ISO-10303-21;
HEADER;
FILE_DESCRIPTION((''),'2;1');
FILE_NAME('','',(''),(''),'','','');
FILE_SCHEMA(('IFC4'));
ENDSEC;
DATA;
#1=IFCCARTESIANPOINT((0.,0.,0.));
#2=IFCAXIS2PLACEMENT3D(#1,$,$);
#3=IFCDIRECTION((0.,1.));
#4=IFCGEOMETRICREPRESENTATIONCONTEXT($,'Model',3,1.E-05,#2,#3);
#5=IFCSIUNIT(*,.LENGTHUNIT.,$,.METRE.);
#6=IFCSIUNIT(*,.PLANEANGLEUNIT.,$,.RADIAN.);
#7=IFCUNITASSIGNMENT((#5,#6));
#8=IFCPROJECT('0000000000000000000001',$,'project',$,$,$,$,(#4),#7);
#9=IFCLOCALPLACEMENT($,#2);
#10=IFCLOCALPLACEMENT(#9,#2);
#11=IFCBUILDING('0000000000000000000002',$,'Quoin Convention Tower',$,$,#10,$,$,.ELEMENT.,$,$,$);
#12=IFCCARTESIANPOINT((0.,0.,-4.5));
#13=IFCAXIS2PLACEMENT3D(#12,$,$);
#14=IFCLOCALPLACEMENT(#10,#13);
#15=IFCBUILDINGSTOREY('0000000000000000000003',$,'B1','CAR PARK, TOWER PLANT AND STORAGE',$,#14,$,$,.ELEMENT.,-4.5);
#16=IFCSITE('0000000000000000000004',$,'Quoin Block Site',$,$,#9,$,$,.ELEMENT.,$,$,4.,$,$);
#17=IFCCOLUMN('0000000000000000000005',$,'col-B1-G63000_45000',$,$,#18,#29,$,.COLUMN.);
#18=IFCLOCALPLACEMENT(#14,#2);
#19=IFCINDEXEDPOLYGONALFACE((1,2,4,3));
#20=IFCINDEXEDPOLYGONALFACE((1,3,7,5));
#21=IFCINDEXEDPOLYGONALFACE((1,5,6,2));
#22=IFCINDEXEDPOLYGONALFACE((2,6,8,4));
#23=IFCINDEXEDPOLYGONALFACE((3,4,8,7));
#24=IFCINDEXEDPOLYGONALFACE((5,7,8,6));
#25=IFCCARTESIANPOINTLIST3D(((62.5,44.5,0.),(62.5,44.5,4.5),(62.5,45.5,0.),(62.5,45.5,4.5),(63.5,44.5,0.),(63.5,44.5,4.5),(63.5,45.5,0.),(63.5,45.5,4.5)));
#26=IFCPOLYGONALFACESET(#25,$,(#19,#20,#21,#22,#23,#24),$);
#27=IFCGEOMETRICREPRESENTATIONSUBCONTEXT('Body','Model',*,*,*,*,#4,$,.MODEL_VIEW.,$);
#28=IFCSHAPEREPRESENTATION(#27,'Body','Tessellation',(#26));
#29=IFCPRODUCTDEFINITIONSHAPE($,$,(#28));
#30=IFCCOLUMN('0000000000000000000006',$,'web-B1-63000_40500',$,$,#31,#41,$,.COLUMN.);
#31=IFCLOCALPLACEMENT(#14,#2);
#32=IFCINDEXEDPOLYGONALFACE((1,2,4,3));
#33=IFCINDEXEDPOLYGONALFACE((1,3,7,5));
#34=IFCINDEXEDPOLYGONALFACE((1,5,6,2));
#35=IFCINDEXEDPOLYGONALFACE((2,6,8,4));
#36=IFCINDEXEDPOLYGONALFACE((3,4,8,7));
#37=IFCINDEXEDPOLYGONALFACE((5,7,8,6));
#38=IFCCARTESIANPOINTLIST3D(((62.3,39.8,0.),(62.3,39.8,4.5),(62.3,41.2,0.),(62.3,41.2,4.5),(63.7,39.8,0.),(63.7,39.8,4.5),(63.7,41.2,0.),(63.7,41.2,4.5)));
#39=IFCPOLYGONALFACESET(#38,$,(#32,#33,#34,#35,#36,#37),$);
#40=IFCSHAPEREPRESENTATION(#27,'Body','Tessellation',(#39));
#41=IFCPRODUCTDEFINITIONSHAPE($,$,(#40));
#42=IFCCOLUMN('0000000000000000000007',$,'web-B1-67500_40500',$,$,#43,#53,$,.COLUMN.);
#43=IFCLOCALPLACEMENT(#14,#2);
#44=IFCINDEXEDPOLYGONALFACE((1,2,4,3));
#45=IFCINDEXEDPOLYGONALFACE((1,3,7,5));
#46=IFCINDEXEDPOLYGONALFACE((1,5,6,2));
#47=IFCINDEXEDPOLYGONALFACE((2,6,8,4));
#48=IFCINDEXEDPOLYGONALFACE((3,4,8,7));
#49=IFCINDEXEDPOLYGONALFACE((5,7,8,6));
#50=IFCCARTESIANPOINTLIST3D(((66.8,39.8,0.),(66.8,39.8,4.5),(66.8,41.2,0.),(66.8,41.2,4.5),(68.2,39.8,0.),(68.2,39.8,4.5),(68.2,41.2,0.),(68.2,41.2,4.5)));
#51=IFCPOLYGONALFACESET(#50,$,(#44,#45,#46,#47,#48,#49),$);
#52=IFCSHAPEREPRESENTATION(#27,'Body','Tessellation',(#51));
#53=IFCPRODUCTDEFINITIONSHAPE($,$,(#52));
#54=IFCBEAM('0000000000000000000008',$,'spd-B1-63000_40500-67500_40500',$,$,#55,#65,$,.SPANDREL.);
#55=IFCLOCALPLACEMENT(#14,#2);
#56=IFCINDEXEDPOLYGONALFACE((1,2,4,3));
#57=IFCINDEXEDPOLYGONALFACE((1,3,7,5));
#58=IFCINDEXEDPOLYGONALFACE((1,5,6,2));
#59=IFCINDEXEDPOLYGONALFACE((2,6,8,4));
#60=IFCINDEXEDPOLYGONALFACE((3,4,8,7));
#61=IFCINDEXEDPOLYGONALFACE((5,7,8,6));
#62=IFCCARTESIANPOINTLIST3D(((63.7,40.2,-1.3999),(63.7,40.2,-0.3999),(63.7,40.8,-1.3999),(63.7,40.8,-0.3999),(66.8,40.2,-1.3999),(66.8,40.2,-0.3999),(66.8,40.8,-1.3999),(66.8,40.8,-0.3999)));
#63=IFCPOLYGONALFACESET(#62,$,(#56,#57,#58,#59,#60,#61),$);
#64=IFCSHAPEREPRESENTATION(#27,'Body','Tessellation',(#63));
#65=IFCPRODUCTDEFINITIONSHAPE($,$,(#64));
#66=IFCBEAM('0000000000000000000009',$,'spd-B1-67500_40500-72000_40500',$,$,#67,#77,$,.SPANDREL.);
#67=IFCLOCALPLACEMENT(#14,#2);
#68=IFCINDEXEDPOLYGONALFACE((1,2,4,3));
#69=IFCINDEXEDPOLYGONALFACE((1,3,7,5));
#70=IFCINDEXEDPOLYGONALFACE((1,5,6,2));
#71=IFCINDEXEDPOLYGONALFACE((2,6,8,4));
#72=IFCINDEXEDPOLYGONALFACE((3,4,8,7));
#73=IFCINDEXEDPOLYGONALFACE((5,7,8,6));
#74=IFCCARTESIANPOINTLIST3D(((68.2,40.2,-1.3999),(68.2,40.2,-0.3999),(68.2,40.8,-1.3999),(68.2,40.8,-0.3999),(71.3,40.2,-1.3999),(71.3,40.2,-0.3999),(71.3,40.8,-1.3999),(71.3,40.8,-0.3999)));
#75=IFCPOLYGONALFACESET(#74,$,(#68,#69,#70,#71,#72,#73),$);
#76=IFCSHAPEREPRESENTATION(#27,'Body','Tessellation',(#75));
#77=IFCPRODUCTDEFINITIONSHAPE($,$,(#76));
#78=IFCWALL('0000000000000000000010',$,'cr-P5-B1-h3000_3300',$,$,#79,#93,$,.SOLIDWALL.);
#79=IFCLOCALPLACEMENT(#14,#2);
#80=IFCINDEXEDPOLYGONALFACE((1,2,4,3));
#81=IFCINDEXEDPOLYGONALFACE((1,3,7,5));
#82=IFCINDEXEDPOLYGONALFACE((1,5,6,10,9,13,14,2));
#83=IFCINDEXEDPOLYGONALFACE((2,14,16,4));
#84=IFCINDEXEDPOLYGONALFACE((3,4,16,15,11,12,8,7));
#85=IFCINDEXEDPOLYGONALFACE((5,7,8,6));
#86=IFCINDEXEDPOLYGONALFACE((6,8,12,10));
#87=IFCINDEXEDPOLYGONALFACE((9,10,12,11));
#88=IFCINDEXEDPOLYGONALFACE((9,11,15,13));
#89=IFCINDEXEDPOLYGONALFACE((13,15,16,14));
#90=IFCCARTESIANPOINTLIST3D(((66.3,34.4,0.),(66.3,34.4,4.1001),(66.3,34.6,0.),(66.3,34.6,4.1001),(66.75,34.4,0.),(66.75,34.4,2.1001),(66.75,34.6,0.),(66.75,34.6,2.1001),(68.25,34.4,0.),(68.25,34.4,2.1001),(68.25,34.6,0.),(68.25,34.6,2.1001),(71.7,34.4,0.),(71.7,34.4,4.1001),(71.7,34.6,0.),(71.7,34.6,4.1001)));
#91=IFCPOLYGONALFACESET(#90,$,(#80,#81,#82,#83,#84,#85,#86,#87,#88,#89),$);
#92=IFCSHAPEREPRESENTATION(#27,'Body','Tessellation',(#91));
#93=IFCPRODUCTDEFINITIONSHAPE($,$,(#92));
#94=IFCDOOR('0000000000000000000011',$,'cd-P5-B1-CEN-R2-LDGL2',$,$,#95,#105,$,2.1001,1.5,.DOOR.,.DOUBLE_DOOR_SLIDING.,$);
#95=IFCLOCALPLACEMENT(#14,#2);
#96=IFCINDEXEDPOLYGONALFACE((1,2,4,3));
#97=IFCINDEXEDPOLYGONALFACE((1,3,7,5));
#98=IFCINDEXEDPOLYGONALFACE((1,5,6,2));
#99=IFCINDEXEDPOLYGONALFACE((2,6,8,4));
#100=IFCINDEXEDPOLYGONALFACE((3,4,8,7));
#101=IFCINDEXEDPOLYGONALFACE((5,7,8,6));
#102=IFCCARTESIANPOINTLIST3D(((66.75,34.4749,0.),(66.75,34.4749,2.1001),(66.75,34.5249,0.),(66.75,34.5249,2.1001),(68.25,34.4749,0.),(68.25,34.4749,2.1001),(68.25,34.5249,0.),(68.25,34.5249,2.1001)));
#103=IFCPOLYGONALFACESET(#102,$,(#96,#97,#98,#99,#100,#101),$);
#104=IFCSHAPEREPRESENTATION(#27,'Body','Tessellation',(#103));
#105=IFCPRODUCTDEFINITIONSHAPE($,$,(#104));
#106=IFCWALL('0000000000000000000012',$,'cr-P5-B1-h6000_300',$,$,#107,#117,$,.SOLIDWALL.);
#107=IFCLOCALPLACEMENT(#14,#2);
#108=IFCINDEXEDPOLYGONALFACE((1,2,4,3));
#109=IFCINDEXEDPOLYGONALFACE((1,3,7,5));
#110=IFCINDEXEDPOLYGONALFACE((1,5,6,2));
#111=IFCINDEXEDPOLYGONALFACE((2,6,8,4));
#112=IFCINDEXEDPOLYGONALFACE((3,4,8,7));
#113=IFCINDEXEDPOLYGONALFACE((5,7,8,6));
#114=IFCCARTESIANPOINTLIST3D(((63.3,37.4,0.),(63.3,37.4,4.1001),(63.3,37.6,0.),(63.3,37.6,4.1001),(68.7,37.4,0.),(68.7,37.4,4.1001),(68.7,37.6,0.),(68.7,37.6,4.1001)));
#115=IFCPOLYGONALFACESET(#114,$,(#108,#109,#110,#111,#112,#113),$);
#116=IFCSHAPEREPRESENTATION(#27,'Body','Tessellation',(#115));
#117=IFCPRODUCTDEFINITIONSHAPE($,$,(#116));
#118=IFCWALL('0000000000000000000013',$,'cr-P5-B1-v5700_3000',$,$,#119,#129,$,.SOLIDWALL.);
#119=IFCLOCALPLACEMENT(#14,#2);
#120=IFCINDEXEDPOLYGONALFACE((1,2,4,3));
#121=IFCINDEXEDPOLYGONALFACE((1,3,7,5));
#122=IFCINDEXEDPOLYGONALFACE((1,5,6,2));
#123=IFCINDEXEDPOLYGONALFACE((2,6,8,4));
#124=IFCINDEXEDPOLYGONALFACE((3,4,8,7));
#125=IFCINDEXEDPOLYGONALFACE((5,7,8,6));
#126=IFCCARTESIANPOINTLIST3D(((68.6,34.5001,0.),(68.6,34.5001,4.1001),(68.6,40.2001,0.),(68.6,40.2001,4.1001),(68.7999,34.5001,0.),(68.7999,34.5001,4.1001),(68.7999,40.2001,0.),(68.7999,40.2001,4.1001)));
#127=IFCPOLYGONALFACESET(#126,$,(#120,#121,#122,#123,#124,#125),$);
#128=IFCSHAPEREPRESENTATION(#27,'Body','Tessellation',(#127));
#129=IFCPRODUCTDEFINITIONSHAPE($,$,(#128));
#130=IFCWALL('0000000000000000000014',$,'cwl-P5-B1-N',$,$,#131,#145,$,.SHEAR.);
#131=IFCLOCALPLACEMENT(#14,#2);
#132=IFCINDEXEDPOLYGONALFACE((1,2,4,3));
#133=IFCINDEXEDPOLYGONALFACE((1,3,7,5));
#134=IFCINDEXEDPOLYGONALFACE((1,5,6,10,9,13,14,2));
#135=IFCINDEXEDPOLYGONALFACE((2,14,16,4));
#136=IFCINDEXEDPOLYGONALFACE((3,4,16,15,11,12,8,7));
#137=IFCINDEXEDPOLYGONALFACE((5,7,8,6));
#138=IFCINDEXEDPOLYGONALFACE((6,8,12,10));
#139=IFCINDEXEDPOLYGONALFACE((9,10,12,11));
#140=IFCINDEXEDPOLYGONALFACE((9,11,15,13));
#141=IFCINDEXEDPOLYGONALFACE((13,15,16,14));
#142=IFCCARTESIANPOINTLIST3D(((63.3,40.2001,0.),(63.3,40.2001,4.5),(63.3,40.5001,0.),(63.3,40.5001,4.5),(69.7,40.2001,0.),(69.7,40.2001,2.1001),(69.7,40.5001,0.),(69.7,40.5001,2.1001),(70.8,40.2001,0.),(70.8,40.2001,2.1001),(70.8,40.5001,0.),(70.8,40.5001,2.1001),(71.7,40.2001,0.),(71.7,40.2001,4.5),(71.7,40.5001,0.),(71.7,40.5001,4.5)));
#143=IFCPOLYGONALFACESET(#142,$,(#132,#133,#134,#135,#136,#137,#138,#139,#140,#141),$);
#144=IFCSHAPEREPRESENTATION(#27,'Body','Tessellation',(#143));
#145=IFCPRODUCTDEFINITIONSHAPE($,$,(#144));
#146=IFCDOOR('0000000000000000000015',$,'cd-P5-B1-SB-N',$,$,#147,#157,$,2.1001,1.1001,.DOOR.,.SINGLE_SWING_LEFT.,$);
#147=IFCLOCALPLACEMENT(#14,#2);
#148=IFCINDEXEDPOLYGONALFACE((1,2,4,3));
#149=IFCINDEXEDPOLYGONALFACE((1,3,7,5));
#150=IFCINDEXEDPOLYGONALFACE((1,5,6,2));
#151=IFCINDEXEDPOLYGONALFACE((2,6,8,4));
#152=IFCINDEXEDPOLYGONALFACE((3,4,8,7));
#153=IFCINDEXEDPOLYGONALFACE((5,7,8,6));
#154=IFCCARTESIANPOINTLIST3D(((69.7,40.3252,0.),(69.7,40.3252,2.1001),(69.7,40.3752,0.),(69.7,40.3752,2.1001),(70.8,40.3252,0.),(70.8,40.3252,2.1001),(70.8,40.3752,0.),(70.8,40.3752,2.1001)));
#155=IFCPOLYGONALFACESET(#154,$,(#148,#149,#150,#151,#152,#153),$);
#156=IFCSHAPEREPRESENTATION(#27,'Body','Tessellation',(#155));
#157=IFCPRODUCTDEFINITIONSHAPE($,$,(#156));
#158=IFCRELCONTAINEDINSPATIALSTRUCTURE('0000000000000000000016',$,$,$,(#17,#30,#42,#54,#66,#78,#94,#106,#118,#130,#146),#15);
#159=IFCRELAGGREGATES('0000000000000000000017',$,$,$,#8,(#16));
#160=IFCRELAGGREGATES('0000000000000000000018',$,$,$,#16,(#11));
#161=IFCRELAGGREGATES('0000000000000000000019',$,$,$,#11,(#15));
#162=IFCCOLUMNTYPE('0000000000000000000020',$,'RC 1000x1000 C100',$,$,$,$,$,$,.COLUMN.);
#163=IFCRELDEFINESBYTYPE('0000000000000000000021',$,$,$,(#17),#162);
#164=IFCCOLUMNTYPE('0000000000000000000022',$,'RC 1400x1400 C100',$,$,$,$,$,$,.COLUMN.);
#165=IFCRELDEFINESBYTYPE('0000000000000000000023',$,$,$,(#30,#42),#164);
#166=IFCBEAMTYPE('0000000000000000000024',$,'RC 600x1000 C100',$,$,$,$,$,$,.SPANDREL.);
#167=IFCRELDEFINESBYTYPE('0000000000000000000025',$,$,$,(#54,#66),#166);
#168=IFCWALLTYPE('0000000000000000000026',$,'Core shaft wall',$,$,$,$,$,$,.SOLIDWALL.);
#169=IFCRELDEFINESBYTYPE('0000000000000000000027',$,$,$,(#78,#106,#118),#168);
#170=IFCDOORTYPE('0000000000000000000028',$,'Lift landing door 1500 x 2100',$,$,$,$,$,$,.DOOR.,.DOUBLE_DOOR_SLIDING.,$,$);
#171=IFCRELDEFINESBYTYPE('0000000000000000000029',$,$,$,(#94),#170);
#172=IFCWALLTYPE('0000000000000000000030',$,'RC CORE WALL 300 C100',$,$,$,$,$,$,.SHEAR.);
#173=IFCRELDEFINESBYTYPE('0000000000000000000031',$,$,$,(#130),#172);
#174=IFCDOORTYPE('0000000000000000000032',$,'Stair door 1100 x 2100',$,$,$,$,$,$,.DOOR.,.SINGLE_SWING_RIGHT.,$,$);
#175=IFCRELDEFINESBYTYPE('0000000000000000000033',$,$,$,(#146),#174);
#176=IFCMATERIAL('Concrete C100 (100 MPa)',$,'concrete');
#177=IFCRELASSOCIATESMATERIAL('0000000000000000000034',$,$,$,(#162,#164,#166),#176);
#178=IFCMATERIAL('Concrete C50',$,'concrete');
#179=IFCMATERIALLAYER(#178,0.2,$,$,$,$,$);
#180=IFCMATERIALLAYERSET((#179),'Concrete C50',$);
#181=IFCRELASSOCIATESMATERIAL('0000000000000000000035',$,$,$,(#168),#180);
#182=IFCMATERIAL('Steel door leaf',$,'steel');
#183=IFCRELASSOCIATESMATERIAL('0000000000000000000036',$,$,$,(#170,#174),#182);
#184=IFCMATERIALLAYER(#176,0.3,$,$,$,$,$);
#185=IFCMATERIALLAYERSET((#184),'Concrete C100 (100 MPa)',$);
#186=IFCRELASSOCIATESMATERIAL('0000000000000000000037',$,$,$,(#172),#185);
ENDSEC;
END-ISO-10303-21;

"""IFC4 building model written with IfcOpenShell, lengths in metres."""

from ifc_helpers import new_model, si_unit, direction, frame, frame_2d, origin, origin_2d, place, context, subcontext, project, spatial, rectangle, extrude, material, layer, layer_set, material_profile, profile_set, type_object, element, fill, save


model = new_model("IFC4")

# Units and contexts
model_context = context("Model", 3, precision=1e-05, world=origin(), true_north=direction((0.0, 1.0)))
body_context = subcontext(model_context, "Body", "Model", "MODEL_VIEW")
ifc_project = project(units=[si_unit("LENGTHUNIT", "METRE"), si_unit("PLANEANGLEUNIT", "RADIAN")], contexts=[model_context])

# Site, building, storey
site_placement = place(None, origin())
site = spatial("IfcSite", under=ifc_project, at=site_placement, Name="Quoin Block Site", CompositionType="ELEMENT", RefElevation=4.0)
building_placement = place(site_placement, origin())
building = spatial("IfcBuilding", under=site, at=building_placement, Name="Quoin Convention Tower", CompositionType="ELEMENT")
storey_placement = place(building_placement, frame((0.0, 0.0, -4.5)))
storey = spatial("IfcBuildingStorey", under=building, at=storey_placement, Name="B1", Description="CAR PARK, TOWER PLANT AND STORAGE", CompositionType="ELEMENT", Elevation=-4.5)

# Columns
ifc_material_1 = material(Name="Concrete C100 (100 MPa)", Category="concrete")
ifc_material_profile_1 = material_profile(ifc_material_1, rectangle(XDim=1.0, YDim=1.0, at=origin_2d()), Name="RC 1000x1000")
ifc_profile_set_1 = profile_set([ifc_material_profile_1], Name="Concrete C100 (100 MPa)")
column_type_1 = type_object("IfcColumnType", Name="RC 1000x1000 C100", PredefinedType="COLUMN", material=ifc_profile_set_1)
column_placement = place(storey_placement, frame((63.0, 45.0, 0.0), z_axis=(0.0, 0.0, 1.0), x_axis=(1.0, 0.0, 0.0)))
element("IfcColumn", 1, at=column_placement, inside=storey, type_object=column_type_1, Name="col-B1-G63000_45000", PredefinedType="COLUMN", context=body_context, shape_type="SweptSolid", body=[
    extrude(rectangle(XDim=1.0, YDim=1.0, at=origin_2d()), origin(), (0.0, 0.0, 1.0), 4.5),
])
ifc_material_profile_2 = material_profile(ifc_material_1, rectangle(XDim=1.3999, YDim=1.3999, at=origin_2d()), Name="RC 1400x1400")
ifc_profile_set_2 = profile_set([ifc_material_profile_2], Name="Concrete C100 (100 MPa)")
column_type_2 = type_object("IfcColumnType", Name="RC 1400x1400 C100", PredefinedType="COLUMN", material=ifc_profile_set_2)
for number, where, z_axis, x_axis, name in (
    (2, (63.0, 40.5, 0.0), (0.0, 0.0, 1.0), (1.0, 0.0, 0.0), "web-B1-63000_40500"),
    (3, (67.5, 40.5, 0.0), (0.0, 0.0, 1.0), (1.0, 0.0, 0.0), "web-B1-67500_40500"),
):
    element("IfcColumn", number, at=place(storey_placement, frame(where, z_axis=z_axis, x_axis=x_axis)), inside=storey, type_object=column_type_2, Name=name, PredefinedType="COLUMN", context=body_context, shape_type="SweptSolid", body=[
        extrude(rectangle(XDim=1.3999, YDim=1.3999, at=origin_2d()), origin(), (0.0, 0.0, 1.0), 4.5),
    ])

# Beams
ifc_material_profile_3 = material_profile(ifc_material_1, rectangle(XDim=0.6001, YDim=1.0, at=origin_2d()), Name="RC 600x1000")
ifc_profile_set_3 = profile_set([ifc_material_profile_3], Name="Concrete C100 (100 MPa)")
beam_type = type_object("IfcBeamType", Name="RC 600x1000 C100", PredefinedType="SPANDREL", material=ifc_profile_set_3)
for number, where, z_axis, x_axis, name in (
    (4, (63.7, 40.5, -0.8999), (1.0, 0.0, 0.0), (0.0, 1.0, 0.0), "spd-B1-63000_40500-67500_40500"),
    (5, (68.2, 40.5, -0.8999), (1.0, 0.0, 0.0), (0.0, 1.0, 0.0), "spd-B1-67500_40500-72000_40500"),
):
    element("IfcBeam", number, at=place(storey_placement, frame(where, z_axis=z_axis, x_axis=x_axis)), inside=storey, type_object=beam_type, Name=name, PredefinedType="SPANDREL", context=body_context, shape_type="SweptSolid", body=[
        extrude(rectangle(XDim=0.6001, YDim=1.0, at=origin_2d()), origin(), (0.0, 0.0, 1.0), 3.1001),
    ])

# Wall, opening, door
ifc_material_2 = material(Name="Concrete C50", Category="concrete")
ifc_layer_1 = layer(ifc_material_2, 0.2)
ifc_layer_set_1 = layer_set([ifc_layer_1], Name="Concrete C50")
wall_type_1 = type_object("IfcWallType", Name="Core shaft wall", PredefinedType="SOLIDWALL", material=ifc_layer_set_1)
wall_1_placement = place(storey_placement, frame((66.3, 34.5, 0.0), z_axis=(0.0, 0.0, 1.0), x_axis=(1.0, 0.0, 0.0)))
wall_1 = element("IfcWall", 6, at=wall_1_placement, inside=storey, type_object=wall_type_1, Name="cr-P5-B1-h3000_3300", PredefinedType="SOLIDWALL", context=body_context, shape_type="SweptSolid", body=[
    extrude(rectangle(XDim=5.3999, YDim=0.2, at=frame_2d((2.7, 0.0))), origin(), (0.0, 0.0, 1.0), 4.1001),
])
opening_1_placement = place(wall_1_placement, frame((0.45, 0.0, 0.0)))
opening_1 = element("IfcOpeningElement", 7, at=opening_1_placement, cuts=wall_1, PredefinedType="OPENING", context=body_context, shape_type="SweptSolid", body=[
    extrude(rectangle(XDim=1.5, YDim=2.1001, at=frame_2d((0.75, 1.05))), frame((0.0, 0.1099, 0.0), z_axis=(0.0, -1.0, 0.0), x_axis=(1.0, 0.0, 0.0)), (0.0, 0.0, 1.0), 0.22),
])
ifc_material_3 = material(Name="Steel door leaf", Category="steel")
door_type_1 = type_object("IfcDoorType", Name="Lift landing door 1500 x 2100", OperationType="DOUBLE_DOOR_SLIDING", PredefinedType="DOOR", material=ifc_material_3)
door_1_placement = place(opening_1_placement, origin())
door_1 = element("IfcDoor", 8, at=door_1_placement, inside=storey, type_object=door_type_1, Name="cd-P5-B1-CEN-R2-LDGL2", OperationType="DOUBLE_DOOR_SLIDING", OverallHeight=2.1001, OverallWidth=1.5, PredefinedType="DOOR", context=body_context, shape_type="SweptSolid", body=[
    extrude(rectangle(XDim=1.5, YDim=2.1001, at=frame_2d((0.75, 1.05))), frame((0.0, 0.0249, 0.0), z_axis=(0.0, -1.0, 0.0), x_axis=(1.0, 0.0, 0.0)), (0.0, 0.0, 1.0), 0.05),
])
fill(opening_1, door_1)

# Walls
wall_2_placement = place(storey_placement, frame((63.3, 37.5, 0.0), z_axis=(0.0, 0.0, 1.0), x_axis=(1.0, 0.0, 0.0)))
element("IfcWall", 9, at=wall_2_placement, inside=storey, type_object=wall_type_1, Name="cr-P5-B1-h6000_300", PredefinedType="SOLIDWALL", context=body_context, shape_type="SweptSolid", body=[
    extrude(rectangle(XDim=5.3999, YDim=0.2, at=frame_2d((2.7, 0.0))), origin(), (0.0, 0.0, 1.0), 4.1001),
])
wall_3_placement = place(storey_placement, frame((68.7, 34.5, 0.0), z_axis=(0.0, 0.0, 1.0), x_axis=(0.0, 1.0, 0.0)))
element("IfcWall", 10, at=wall_3_placement, inside=storey, type_object=wall_type_1, Name="cr-P5-B1-v5700_3000", PredefinedType="SOLIDWALL", context=body_context, shape_type="SweptSolid", body=[
    extrude(rectangle(XDim=5.7, YDim=0.2, at=frame_2d((2.8501, 0.0))), origin(), (0.0, 0.0, 1.0), 4.1001),
])

# Wall, opening, door
ifc_layer_2 = layer(ifc_material_1, 0.3)
ifc_layer_set_2 = layer_set([ifc_layer_2], Name="Concrete C100 (100 MPa)")
wall_type_2 = type_object("IfcWallType", Name="RC CORE WALL 300 C100", PredefinedType="SHEAR", material=ifc_layer_set_2)
wall_4_placement = place(storey_placement, frame((63.3, 40.3501, 0.0), z_axis=(0.0, 0.0, 1.0), x_axis=(1.0, 0.0, 0.0)))
wall_4 = element("IfcWall", 11, at=wall_4_placement, inside=storey, type_object=wall_type_2, Name="cwl-P5-B1-N", PredefinedType="SHEAR", context=body_context, shape_type="SweptSolid", body=[
    extrude(rectangle(XDim=8.3999, YDim=0.3, at=frame_2d((4.2, 0.0))), origin(), (0.0, 0.0, 1.0), 4.5),
])
opening_2_placement = place(wall_4_placement, frame((6.3999, 0.0, 0.0)))
opening_2 = element("IfcOpeningElement", 12, at=opening_2_placement, cuts=wall_4, PredefinedType="OPENING", context=body_context, shape_type="SweptSolid", body=[
    extrude(rectangle(XDim=1.1001, YDim=2.1001, at=frame_2d((0.55, 1.05))), frame((0.0, 0.1599, 0.0), z_axis=(0.0, -1.0, 0.0), x_axis=(1.0, 0.0, 0.0)), (0.0, 0.0, 1.0), 0.3201),
])
door_type_2 = type_object("IfcDoorType", Name="Stair door 1100 x 2100", OperationType="SINGLE_SWING_RIGHT", PredefinedType="DOOR", material=ifc_material_3)
door_2_placement = place(opening_2_placement, frame((1.1001, 0.0, 0.0), z_axis=(0.0, 0.0, 1.0), x_axis=(-1.0, 0.0, 0.0)))
door_2 = element("IfcDoor", 13, at=door_2_placement, inside=storey, type_object=door_type_2, Name="cd-P5-B1-SB-N", OperationType="SINGLE_SWING_LEFT", OverallHeight=2.1001, OverallWidth=1.1001, PredefinedType="DOOR", context=body_context, shape_type="SweptSolid", body=[
    extrude(rectangle(XDim=1.1001, YDim=2.1001, at=frame_2d((0.55, 1.05))), frame((0.0, 0.0249, 0.0), z_axis=(0.0, -1.0, 0.0), x_axis=(1.0, 0.0, 0.0)), (0.0, 0.0, 1.0), 0.05),
])
fill(opening_2, door_2)

save(model, "model.ifc")
